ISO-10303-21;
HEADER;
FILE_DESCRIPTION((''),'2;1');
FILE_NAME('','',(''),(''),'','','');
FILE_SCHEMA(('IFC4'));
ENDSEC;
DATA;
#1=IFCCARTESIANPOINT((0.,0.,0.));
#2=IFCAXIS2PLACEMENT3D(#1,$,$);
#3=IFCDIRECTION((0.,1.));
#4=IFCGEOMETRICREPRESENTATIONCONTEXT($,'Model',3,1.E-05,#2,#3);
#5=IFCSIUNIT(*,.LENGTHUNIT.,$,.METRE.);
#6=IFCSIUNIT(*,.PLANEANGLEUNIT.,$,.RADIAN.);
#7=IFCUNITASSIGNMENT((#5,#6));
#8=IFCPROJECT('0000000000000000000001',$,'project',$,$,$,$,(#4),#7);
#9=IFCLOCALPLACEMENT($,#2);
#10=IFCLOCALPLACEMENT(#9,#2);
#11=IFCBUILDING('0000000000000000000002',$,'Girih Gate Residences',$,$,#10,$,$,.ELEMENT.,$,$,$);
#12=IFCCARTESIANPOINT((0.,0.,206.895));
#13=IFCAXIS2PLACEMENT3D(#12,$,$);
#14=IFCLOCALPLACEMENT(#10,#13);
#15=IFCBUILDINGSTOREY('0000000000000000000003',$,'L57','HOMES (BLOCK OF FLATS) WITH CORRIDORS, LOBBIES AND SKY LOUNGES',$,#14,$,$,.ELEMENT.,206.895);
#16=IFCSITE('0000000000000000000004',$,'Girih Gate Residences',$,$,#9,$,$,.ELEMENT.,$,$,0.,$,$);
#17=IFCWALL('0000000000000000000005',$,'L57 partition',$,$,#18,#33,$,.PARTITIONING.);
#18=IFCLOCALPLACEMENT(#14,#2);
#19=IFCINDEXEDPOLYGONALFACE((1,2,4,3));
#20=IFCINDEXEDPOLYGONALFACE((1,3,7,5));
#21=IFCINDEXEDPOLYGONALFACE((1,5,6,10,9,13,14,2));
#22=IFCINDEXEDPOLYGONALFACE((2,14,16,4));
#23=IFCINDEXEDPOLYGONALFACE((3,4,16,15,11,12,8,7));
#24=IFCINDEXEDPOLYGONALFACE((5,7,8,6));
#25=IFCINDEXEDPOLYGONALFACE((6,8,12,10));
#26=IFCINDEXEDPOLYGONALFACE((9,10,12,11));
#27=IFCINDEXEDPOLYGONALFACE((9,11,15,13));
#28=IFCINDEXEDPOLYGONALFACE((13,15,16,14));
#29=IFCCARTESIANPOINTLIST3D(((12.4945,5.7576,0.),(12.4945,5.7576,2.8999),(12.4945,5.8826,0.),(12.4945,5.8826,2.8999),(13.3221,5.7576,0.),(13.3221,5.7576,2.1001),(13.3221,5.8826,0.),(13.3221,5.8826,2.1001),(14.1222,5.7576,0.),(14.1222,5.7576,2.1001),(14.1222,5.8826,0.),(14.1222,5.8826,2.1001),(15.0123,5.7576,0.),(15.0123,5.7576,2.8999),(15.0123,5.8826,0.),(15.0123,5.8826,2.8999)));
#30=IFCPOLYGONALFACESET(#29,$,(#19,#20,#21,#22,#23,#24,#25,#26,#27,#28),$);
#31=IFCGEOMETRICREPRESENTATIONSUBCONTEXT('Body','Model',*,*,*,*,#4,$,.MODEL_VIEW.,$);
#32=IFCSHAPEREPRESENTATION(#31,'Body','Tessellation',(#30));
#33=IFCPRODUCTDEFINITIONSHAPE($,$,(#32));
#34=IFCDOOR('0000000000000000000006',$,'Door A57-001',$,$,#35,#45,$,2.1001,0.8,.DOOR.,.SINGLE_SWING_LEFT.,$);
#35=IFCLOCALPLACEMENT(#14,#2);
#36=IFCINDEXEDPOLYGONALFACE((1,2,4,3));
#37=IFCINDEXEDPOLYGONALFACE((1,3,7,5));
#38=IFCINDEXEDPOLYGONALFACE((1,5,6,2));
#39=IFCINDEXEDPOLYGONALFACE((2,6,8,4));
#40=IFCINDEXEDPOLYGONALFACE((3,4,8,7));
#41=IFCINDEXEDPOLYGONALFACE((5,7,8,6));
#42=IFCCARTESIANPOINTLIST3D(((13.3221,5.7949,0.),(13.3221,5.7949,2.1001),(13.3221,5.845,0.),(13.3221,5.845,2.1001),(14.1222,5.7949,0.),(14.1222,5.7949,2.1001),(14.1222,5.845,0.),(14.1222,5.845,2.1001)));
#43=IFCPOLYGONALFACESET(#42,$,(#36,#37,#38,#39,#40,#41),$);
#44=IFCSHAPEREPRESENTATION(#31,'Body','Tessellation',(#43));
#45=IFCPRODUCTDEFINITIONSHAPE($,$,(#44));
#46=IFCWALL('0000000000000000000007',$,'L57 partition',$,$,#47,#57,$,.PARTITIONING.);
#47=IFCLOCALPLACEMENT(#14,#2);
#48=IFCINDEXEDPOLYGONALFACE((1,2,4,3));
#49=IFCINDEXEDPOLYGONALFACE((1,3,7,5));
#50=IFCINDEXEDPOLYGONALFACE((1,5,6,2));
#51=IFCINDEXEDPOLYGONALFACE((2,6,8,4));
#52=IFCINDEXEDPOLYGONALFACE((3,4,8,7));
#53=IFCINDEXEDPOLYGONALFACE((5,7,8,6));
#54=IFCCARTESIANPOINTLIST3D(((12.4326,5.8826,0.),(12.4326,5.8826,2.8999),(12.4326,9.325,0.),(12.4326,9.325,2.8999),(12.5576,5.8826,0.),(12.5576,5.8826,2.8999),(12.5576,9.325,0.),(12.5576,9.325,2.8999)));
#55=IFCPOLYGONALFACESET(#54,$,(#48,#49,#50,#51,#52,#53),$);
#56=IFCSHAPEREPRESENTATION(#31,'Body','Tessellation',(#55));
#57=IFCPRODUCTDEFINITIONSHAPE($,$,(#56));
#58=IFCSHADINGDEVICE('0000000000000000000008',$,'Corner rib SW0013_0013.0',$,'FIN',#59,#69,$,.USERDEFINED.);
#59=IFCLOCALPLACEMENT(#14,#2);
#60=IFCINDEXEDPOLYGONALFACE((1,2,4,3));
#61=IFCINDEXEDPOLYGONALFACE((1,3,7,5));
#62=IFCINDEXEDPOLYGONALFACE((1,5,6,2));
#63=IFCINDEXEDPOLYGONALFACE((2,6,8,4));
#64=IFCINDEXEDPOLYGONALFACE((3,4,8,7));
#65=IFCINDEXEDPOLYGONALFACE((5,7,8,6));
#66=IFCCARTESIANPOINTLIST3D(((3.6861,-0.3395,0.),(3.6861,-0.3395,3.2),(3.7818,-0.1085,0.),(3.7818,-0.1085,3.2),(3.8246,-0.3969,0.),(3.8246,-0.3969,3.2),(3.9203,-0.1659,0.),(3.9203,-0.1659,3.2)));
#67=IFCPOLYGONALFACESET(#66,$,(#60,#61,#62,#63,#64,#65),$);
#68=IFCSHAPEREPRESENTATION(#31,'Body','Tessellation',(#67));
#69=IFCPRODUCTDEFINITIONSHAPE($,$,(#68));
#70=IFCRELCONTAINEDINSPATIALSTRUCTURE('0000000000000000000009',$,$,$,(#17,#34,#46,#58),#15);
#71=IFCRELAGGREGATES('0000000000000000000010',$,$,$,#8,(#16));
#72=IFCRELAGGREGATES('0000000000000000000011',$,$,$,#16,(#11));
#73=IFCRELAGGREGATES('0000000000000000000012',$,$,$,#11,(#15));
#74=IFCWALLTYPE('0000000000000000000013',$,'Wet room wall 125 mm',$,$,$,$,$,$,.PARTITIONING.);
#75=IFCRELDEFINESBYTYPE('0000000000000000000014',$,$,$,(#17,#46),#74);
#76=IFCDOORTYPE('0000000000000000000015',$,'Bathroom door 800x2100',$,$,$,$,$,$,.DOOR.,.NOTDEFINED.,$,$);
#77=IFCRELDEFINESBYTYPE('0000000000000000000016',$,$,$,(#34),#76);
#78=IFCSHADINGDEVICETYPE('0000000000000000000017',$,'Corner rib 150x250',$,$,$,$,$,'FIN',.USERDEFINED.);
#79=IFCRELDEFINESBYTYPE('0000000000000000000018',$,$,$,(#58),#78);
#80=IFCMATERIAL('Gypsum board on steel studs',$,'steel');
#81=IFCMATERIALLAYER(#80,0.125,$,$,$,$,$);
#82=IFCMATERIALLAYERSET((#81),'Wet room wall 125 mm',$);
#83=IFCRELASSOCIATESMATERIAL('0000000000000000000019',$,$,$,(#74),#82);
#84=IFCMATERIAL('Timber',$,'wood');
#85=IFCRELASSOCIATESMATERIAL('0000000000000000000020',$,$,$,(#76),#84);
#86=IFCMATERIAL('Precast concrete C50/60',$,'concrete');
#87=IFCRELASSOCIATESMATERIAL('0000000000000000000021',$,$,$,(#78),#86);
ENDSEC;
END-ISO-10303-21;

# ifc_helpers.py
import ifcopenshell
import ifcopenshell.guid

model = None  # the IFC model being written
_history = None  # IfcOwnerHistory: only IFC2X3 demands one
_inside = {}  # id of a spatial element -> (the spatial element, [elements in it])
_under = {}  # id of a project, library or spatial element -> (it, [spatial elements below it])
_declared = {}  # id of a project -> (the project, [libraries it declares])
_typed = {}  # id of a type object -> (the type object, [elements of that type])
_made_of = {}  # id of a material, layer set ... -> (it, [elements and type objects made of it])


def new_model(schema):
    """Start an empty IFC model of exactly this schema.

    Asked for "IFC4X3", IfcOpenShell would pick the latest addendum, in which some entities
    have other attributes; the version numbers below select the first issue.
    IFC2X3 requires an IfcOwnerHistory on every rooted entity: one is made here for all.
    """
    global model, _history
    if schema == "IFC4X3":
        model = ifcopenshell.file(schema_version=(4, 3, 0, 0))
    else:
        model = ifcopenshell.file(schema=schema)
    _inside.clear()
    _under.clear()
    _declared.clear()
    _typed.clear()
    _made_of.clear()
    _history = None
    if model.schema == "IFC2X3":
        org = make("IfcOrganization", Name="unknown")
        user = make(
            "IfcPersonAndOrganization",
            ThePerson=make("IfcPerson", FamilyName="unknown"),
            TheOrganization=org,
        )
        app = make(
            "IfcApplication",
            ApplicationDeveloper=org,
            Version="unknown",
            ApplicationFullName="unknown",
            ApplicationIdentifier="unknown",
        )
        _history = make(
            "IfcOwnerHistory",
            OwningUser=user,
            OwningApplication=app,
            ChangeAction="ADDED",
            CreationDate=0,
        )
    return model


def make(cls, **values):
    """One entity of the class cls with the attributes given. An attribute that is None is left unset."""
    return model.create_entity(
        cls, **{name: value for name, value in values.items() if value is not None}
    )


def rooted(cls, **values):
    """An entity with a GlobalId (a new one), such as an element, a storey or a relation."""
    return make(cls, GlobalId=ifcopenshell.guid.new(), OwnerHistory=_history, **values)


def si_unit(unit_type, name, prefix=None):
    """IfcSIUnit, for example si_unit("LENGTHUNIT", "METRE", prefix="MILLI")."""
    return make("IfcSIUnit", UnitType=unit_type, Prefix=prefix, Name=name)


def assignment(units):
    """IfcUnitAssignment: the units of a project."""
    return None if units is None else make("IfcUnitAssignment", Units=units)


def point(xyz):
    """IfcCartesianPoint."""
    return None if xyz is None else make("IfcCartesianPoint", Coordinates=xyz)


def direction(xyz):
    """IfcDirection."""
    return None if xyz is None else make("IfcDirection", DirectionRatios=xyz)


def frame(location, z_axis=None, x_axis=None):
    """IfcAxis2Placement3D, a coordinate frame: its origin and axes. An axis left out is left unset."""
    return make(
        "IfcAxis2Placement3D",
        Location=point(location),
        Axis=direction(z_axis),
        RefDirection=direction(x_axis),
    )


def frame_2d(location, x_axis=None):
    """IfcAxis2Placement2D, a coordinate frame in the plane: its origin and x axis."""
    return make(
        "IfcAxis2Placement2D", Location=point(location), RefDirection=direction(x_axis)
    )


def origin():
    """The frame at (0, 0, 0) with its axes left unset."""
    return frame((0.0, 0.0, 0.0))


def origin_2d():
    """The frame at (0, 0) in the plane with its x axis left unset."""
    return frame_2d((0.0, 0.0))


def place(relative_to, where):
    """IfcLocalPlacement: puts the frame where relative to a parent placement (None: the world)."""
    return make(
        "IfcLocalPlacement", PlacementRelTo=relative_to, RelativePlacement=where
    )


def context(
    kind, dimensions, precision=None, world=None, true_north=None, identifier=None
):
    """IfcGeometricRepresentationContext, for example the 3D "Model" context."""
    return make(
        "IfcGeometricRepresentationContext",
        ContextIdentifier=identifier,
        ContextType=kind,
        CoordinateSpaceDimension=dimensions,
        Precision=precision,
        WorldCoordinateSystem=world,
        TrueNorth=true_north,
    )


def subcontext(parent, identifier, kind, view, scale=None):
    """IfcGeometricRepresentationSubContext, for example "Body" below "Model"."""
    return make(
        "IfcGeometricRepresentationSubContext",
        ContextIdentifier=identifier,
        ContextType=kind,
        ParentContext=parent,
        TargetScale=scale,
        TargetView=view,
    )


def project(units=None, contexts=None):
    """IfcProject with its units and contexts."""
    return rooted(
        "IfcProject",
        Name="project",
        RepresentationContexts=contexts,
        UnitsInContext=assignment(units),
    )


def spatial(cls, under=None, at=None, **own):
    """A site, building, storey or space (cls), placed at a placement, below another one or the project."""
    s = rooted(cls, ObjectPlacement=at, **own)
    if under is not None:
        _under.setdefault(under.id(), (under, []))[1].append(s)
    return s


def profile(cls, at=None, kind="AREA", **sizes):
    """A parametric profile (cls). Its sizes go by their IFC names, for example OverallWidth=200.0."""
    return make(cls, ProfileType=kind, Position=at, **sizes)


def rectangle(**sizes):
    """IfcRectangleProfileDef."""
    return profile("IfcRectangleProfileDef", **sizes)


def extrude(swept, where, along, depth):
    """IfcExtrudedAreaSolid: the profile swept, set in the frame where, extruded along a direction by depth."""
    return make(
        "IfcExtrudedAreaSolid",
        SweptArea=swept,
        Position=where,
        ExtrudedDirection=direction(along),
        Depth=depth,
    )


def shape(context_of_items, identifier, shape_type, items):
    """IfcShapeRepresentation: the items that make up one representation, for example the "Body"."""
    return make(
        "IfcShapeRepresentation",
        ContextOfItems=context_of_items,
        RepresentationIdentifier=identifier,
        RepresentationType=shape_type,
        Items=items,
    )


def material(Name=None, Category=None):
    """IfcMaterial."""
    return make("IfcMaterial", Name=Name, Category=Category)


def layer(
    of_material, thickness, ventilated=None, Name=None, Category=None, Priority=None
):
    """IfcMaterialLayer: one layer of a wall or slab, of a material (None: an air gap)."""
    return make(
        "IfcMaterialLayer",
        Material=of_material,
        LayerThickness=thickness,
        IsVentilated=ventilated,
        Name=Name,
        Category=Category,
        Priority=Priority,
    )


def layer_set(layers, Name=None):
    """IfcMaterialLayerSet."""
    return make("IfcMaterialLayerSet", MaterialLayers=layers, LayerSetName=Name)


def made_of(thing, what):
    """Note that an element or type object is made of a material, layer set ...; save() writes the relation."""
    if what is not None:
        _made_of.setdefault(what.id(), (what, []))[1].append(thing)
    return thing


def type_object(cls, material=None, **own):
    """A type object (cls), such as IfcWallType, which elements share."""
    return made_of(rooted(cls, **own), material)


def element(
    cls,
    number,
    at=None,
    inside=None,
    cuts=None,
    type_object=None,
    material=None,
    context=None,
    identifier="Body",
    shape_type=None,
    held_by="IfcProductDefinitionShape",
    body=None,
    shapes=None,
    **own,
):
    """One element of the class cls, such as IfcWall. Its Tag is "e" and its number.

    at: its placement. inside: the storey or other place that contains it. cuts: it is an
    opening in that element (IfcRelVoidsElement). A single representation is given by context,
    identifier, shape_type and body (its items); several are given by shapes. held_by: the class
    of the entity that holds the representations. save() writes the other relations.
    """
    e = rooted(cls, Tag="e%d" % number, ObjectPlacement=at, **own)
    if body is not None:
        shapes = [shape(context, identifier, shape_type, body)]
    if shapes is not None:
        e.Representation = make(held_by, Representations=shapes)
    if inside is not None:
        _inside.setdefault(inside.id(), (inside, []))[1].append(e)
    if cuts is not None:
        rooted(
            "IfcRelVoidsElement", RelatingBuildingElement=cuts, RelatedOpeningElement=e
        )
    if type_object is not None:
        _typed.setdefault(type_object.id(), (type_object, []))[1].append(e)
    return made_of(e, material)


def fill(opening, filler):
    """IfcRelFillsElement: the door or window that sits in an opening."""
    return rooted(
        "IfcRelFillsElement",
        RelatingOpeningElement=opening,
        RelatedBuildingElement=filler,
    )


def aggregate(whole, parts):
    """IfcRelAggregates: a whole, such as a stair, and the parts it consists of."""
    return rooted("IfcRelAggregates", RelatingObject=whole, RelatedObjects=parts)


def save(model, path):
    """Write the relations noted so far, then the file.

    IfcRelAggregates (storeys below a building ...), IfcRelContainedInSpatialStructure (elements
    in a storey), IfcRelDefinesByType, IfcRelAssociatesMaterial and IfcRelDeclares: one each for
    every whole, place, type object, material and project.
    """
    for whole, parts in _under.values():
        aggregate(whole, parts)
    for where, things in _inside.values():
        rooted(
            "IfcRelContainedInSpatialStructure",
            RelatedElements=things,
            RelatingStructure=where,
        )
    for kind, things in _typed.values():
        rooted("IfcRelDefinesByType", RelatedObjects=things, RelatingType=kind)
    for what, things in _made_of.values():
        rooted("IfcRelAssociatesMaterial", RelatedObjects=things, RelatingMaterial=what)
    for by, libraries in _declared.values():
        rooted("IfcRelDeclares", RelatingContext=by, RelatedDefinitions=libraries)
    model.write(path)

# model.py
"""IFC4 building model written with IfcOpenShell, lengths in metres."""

from ifc_helpers import new_model, si_unit, direction, frame, frame_2d, origin, origin_2d, place, context, subcontext, project, spatial, rectangle, extrude, material, layer, layer_set, type_object, element, fill, save


model = new_model("IFC4")

# Units and contexts
model_context = context("Model", 3, precision=1e-05, world=origin(), true_north=direction((0.0, 1.0)))
body_context = subcontext(model_context, "Body", "Model", "MODEL_VIEW")
ifc_project = project(units=[si_unit("LENGTHUNIT", "METRE"), si_unit("PLANEANGLEUNIT", "RADIAN")], contexts=[model_context])

# Site, building, storey
site_placement = place(None, origin())
site = spatial("IfcSite", under=ifc_project, at=site_placement, Name="Girih Gate Residences", CompositionType="ELEMENT", RefElevation=0.0)
building_placement = place(site_placement, origin())
building = spatial("IfcBuilding", under=site, at=building_placement, Name="Girih Gate Residences", CompositionType="ELEMENT")
storey_placement = place(building_placement, frame((0.0, 0.0, 206.895)))
storey = spatial("IfcBuildingStorey", under=building, at=storey_placement, Name="L57", Description="HOMES (BLOCK OF FLATS) WITH CORRIDORS, LOBBIES AND SKY LOUNGES", CompositionType="ELEMENT", Elevation=206.895)

# Shared definitions
ifc_material_1 = material(Name="Gypsum board on steel studs", Category="steel")

# Shared definitions
ifc_material_2 = material(Name="Timber", Category="wood")

# Shared definitions
ifc_material_3 = material(Name="Precast concrete C50/60", Category="concrete")

# Wall, opening, door
ifc_layer_1 = layer(ifc_material_1, 0.125)
ifc_layer_set_1 = layer_set([ifc_layer_1], Name="Wet room wall 125 mm")
wall_type_1 = type_object("IfcWallType", Name="Wet room wall 125 mm", PredefinedType="PARTITIONING", material=ifc_layer_set_1)
wall_1_placement = place(storey_placement, frame((12.4946, 5.8201, 0.0), z_axis=(0.0, 0.0, 1.0), x_axis=(1.0, 0.0, 0.0)))
wall_1 = element("IfcWall", 1, at=wall_1_placement, inside=storey, type_object=wall_type_1, Name="L57 partition", PredefinedType="PARTITIONING", context=body_context, shape_type="SweptSolid", body=[
    extrude(rectangle(XDim=2.5178, YDim=0.125, at=frame_2d((1.2588, 0.0))), origin(), (0.0, 0.0, 1.0), 2.8999),
])
opening_1_placement = place(wall_1_placement, frame((0.8276, 0.0, 0.0)))
opening_1 = element("IfcOpeningElement", 2, at=opening_1_placement, cuts=wall_1, PredefinedType="OPENING", context=body_context, shape_type="SweptSolid", body=[
    extrude(rectangle(XDim=0.8, YDim=2.1001, at=frame_2d((0.3999, 1.05))), frame((0.0, 0.0725, 0.0), z_axis=(0.0, -1.0, 0.0), x_axis=(1.0, 0.0, 0.0)), (0.0, 0.0, 1.0), 0.145),
])
door_type_1 = type_object("IfcDoorType", Name="Bathroom door 800x2100", OperationType="NOTDEFINED", PredefinedType="DOOR", material=ifc_material_2)
door_1_placement = place(opening_1_placement, origin())
door_1 = element("IfcDoor", 3, at=door_1_placement, inside=storey, type_object=door_type_1, Name="Door A57-001", OperationType="SINGLE_SWING_LEFT", OverallHeight=2.1001, OverallWidth=0.8, PredefinedType="DOOR", context=body_context, shape_type="SweptSolid", body=[
    extrude(rectangle(XDim=0.8, YDim=2.1001, at=frame_2d((0.3999, 1.05))), frame((0.0, 0.0249, 0.0), z_axis=(0.0, -1.0, 0.0), x_axis=(1.0, 0.0, 0.0)), (0.0, 0.0, 1.0), 0.05),
])
fill(opening_1, door_1)

# Wall
wall_2_placement = place(storey_placement, frame((12.4951, 5.8826, 0.0), z_axis=(0.0, 0.0, 1.0), x_axis=(0.0, 1.0, 0.0)))
element("IfcWall", 4, at=wall_2_placement, inside=storey, type_object=wall_type_1, Name="L57 partition", PredefinedType="PARTITIONING", context=body_context, shape_type="SweptSolid", body=[
    extrude(rectangle(XDim=3.4424, YDim=0.125, at=frame_2d((1.7212, 0.0))), origin(), (0.0, 0.0, 1.0), 2.8999),
])

# Shading device
shading_device_type = type_object("IfcShadingDeviceType", Name="Corner rib 150x250", ElementType="FIN", PredefinedType="USERDEFINED", material=ifc_material_3)
shading_device_placement = place(storey_placement, frame((3.8032, -0.2527, 0.0), z_axis=(0.0, 0.0, 1.0), x_axis=(0.92388, -0.382683, 0.0)))
element("IfcShadingDevice", 5, at=shading_device_placement, inside=storey, type_object=shading_device_type, Name="Corner rib SW0013_0013.0", ObjectType="FIN", PredefinedType="USERDEFINED", context=body_context, shape_type="SweptSolid", body=[
    extrude(rectangle(XDim=0.1499, YDim=0.25, at=origin_2d()), origin(), (0.0, 0.0, 1.0), 3.2),
])

save(model, "model.ifc")
